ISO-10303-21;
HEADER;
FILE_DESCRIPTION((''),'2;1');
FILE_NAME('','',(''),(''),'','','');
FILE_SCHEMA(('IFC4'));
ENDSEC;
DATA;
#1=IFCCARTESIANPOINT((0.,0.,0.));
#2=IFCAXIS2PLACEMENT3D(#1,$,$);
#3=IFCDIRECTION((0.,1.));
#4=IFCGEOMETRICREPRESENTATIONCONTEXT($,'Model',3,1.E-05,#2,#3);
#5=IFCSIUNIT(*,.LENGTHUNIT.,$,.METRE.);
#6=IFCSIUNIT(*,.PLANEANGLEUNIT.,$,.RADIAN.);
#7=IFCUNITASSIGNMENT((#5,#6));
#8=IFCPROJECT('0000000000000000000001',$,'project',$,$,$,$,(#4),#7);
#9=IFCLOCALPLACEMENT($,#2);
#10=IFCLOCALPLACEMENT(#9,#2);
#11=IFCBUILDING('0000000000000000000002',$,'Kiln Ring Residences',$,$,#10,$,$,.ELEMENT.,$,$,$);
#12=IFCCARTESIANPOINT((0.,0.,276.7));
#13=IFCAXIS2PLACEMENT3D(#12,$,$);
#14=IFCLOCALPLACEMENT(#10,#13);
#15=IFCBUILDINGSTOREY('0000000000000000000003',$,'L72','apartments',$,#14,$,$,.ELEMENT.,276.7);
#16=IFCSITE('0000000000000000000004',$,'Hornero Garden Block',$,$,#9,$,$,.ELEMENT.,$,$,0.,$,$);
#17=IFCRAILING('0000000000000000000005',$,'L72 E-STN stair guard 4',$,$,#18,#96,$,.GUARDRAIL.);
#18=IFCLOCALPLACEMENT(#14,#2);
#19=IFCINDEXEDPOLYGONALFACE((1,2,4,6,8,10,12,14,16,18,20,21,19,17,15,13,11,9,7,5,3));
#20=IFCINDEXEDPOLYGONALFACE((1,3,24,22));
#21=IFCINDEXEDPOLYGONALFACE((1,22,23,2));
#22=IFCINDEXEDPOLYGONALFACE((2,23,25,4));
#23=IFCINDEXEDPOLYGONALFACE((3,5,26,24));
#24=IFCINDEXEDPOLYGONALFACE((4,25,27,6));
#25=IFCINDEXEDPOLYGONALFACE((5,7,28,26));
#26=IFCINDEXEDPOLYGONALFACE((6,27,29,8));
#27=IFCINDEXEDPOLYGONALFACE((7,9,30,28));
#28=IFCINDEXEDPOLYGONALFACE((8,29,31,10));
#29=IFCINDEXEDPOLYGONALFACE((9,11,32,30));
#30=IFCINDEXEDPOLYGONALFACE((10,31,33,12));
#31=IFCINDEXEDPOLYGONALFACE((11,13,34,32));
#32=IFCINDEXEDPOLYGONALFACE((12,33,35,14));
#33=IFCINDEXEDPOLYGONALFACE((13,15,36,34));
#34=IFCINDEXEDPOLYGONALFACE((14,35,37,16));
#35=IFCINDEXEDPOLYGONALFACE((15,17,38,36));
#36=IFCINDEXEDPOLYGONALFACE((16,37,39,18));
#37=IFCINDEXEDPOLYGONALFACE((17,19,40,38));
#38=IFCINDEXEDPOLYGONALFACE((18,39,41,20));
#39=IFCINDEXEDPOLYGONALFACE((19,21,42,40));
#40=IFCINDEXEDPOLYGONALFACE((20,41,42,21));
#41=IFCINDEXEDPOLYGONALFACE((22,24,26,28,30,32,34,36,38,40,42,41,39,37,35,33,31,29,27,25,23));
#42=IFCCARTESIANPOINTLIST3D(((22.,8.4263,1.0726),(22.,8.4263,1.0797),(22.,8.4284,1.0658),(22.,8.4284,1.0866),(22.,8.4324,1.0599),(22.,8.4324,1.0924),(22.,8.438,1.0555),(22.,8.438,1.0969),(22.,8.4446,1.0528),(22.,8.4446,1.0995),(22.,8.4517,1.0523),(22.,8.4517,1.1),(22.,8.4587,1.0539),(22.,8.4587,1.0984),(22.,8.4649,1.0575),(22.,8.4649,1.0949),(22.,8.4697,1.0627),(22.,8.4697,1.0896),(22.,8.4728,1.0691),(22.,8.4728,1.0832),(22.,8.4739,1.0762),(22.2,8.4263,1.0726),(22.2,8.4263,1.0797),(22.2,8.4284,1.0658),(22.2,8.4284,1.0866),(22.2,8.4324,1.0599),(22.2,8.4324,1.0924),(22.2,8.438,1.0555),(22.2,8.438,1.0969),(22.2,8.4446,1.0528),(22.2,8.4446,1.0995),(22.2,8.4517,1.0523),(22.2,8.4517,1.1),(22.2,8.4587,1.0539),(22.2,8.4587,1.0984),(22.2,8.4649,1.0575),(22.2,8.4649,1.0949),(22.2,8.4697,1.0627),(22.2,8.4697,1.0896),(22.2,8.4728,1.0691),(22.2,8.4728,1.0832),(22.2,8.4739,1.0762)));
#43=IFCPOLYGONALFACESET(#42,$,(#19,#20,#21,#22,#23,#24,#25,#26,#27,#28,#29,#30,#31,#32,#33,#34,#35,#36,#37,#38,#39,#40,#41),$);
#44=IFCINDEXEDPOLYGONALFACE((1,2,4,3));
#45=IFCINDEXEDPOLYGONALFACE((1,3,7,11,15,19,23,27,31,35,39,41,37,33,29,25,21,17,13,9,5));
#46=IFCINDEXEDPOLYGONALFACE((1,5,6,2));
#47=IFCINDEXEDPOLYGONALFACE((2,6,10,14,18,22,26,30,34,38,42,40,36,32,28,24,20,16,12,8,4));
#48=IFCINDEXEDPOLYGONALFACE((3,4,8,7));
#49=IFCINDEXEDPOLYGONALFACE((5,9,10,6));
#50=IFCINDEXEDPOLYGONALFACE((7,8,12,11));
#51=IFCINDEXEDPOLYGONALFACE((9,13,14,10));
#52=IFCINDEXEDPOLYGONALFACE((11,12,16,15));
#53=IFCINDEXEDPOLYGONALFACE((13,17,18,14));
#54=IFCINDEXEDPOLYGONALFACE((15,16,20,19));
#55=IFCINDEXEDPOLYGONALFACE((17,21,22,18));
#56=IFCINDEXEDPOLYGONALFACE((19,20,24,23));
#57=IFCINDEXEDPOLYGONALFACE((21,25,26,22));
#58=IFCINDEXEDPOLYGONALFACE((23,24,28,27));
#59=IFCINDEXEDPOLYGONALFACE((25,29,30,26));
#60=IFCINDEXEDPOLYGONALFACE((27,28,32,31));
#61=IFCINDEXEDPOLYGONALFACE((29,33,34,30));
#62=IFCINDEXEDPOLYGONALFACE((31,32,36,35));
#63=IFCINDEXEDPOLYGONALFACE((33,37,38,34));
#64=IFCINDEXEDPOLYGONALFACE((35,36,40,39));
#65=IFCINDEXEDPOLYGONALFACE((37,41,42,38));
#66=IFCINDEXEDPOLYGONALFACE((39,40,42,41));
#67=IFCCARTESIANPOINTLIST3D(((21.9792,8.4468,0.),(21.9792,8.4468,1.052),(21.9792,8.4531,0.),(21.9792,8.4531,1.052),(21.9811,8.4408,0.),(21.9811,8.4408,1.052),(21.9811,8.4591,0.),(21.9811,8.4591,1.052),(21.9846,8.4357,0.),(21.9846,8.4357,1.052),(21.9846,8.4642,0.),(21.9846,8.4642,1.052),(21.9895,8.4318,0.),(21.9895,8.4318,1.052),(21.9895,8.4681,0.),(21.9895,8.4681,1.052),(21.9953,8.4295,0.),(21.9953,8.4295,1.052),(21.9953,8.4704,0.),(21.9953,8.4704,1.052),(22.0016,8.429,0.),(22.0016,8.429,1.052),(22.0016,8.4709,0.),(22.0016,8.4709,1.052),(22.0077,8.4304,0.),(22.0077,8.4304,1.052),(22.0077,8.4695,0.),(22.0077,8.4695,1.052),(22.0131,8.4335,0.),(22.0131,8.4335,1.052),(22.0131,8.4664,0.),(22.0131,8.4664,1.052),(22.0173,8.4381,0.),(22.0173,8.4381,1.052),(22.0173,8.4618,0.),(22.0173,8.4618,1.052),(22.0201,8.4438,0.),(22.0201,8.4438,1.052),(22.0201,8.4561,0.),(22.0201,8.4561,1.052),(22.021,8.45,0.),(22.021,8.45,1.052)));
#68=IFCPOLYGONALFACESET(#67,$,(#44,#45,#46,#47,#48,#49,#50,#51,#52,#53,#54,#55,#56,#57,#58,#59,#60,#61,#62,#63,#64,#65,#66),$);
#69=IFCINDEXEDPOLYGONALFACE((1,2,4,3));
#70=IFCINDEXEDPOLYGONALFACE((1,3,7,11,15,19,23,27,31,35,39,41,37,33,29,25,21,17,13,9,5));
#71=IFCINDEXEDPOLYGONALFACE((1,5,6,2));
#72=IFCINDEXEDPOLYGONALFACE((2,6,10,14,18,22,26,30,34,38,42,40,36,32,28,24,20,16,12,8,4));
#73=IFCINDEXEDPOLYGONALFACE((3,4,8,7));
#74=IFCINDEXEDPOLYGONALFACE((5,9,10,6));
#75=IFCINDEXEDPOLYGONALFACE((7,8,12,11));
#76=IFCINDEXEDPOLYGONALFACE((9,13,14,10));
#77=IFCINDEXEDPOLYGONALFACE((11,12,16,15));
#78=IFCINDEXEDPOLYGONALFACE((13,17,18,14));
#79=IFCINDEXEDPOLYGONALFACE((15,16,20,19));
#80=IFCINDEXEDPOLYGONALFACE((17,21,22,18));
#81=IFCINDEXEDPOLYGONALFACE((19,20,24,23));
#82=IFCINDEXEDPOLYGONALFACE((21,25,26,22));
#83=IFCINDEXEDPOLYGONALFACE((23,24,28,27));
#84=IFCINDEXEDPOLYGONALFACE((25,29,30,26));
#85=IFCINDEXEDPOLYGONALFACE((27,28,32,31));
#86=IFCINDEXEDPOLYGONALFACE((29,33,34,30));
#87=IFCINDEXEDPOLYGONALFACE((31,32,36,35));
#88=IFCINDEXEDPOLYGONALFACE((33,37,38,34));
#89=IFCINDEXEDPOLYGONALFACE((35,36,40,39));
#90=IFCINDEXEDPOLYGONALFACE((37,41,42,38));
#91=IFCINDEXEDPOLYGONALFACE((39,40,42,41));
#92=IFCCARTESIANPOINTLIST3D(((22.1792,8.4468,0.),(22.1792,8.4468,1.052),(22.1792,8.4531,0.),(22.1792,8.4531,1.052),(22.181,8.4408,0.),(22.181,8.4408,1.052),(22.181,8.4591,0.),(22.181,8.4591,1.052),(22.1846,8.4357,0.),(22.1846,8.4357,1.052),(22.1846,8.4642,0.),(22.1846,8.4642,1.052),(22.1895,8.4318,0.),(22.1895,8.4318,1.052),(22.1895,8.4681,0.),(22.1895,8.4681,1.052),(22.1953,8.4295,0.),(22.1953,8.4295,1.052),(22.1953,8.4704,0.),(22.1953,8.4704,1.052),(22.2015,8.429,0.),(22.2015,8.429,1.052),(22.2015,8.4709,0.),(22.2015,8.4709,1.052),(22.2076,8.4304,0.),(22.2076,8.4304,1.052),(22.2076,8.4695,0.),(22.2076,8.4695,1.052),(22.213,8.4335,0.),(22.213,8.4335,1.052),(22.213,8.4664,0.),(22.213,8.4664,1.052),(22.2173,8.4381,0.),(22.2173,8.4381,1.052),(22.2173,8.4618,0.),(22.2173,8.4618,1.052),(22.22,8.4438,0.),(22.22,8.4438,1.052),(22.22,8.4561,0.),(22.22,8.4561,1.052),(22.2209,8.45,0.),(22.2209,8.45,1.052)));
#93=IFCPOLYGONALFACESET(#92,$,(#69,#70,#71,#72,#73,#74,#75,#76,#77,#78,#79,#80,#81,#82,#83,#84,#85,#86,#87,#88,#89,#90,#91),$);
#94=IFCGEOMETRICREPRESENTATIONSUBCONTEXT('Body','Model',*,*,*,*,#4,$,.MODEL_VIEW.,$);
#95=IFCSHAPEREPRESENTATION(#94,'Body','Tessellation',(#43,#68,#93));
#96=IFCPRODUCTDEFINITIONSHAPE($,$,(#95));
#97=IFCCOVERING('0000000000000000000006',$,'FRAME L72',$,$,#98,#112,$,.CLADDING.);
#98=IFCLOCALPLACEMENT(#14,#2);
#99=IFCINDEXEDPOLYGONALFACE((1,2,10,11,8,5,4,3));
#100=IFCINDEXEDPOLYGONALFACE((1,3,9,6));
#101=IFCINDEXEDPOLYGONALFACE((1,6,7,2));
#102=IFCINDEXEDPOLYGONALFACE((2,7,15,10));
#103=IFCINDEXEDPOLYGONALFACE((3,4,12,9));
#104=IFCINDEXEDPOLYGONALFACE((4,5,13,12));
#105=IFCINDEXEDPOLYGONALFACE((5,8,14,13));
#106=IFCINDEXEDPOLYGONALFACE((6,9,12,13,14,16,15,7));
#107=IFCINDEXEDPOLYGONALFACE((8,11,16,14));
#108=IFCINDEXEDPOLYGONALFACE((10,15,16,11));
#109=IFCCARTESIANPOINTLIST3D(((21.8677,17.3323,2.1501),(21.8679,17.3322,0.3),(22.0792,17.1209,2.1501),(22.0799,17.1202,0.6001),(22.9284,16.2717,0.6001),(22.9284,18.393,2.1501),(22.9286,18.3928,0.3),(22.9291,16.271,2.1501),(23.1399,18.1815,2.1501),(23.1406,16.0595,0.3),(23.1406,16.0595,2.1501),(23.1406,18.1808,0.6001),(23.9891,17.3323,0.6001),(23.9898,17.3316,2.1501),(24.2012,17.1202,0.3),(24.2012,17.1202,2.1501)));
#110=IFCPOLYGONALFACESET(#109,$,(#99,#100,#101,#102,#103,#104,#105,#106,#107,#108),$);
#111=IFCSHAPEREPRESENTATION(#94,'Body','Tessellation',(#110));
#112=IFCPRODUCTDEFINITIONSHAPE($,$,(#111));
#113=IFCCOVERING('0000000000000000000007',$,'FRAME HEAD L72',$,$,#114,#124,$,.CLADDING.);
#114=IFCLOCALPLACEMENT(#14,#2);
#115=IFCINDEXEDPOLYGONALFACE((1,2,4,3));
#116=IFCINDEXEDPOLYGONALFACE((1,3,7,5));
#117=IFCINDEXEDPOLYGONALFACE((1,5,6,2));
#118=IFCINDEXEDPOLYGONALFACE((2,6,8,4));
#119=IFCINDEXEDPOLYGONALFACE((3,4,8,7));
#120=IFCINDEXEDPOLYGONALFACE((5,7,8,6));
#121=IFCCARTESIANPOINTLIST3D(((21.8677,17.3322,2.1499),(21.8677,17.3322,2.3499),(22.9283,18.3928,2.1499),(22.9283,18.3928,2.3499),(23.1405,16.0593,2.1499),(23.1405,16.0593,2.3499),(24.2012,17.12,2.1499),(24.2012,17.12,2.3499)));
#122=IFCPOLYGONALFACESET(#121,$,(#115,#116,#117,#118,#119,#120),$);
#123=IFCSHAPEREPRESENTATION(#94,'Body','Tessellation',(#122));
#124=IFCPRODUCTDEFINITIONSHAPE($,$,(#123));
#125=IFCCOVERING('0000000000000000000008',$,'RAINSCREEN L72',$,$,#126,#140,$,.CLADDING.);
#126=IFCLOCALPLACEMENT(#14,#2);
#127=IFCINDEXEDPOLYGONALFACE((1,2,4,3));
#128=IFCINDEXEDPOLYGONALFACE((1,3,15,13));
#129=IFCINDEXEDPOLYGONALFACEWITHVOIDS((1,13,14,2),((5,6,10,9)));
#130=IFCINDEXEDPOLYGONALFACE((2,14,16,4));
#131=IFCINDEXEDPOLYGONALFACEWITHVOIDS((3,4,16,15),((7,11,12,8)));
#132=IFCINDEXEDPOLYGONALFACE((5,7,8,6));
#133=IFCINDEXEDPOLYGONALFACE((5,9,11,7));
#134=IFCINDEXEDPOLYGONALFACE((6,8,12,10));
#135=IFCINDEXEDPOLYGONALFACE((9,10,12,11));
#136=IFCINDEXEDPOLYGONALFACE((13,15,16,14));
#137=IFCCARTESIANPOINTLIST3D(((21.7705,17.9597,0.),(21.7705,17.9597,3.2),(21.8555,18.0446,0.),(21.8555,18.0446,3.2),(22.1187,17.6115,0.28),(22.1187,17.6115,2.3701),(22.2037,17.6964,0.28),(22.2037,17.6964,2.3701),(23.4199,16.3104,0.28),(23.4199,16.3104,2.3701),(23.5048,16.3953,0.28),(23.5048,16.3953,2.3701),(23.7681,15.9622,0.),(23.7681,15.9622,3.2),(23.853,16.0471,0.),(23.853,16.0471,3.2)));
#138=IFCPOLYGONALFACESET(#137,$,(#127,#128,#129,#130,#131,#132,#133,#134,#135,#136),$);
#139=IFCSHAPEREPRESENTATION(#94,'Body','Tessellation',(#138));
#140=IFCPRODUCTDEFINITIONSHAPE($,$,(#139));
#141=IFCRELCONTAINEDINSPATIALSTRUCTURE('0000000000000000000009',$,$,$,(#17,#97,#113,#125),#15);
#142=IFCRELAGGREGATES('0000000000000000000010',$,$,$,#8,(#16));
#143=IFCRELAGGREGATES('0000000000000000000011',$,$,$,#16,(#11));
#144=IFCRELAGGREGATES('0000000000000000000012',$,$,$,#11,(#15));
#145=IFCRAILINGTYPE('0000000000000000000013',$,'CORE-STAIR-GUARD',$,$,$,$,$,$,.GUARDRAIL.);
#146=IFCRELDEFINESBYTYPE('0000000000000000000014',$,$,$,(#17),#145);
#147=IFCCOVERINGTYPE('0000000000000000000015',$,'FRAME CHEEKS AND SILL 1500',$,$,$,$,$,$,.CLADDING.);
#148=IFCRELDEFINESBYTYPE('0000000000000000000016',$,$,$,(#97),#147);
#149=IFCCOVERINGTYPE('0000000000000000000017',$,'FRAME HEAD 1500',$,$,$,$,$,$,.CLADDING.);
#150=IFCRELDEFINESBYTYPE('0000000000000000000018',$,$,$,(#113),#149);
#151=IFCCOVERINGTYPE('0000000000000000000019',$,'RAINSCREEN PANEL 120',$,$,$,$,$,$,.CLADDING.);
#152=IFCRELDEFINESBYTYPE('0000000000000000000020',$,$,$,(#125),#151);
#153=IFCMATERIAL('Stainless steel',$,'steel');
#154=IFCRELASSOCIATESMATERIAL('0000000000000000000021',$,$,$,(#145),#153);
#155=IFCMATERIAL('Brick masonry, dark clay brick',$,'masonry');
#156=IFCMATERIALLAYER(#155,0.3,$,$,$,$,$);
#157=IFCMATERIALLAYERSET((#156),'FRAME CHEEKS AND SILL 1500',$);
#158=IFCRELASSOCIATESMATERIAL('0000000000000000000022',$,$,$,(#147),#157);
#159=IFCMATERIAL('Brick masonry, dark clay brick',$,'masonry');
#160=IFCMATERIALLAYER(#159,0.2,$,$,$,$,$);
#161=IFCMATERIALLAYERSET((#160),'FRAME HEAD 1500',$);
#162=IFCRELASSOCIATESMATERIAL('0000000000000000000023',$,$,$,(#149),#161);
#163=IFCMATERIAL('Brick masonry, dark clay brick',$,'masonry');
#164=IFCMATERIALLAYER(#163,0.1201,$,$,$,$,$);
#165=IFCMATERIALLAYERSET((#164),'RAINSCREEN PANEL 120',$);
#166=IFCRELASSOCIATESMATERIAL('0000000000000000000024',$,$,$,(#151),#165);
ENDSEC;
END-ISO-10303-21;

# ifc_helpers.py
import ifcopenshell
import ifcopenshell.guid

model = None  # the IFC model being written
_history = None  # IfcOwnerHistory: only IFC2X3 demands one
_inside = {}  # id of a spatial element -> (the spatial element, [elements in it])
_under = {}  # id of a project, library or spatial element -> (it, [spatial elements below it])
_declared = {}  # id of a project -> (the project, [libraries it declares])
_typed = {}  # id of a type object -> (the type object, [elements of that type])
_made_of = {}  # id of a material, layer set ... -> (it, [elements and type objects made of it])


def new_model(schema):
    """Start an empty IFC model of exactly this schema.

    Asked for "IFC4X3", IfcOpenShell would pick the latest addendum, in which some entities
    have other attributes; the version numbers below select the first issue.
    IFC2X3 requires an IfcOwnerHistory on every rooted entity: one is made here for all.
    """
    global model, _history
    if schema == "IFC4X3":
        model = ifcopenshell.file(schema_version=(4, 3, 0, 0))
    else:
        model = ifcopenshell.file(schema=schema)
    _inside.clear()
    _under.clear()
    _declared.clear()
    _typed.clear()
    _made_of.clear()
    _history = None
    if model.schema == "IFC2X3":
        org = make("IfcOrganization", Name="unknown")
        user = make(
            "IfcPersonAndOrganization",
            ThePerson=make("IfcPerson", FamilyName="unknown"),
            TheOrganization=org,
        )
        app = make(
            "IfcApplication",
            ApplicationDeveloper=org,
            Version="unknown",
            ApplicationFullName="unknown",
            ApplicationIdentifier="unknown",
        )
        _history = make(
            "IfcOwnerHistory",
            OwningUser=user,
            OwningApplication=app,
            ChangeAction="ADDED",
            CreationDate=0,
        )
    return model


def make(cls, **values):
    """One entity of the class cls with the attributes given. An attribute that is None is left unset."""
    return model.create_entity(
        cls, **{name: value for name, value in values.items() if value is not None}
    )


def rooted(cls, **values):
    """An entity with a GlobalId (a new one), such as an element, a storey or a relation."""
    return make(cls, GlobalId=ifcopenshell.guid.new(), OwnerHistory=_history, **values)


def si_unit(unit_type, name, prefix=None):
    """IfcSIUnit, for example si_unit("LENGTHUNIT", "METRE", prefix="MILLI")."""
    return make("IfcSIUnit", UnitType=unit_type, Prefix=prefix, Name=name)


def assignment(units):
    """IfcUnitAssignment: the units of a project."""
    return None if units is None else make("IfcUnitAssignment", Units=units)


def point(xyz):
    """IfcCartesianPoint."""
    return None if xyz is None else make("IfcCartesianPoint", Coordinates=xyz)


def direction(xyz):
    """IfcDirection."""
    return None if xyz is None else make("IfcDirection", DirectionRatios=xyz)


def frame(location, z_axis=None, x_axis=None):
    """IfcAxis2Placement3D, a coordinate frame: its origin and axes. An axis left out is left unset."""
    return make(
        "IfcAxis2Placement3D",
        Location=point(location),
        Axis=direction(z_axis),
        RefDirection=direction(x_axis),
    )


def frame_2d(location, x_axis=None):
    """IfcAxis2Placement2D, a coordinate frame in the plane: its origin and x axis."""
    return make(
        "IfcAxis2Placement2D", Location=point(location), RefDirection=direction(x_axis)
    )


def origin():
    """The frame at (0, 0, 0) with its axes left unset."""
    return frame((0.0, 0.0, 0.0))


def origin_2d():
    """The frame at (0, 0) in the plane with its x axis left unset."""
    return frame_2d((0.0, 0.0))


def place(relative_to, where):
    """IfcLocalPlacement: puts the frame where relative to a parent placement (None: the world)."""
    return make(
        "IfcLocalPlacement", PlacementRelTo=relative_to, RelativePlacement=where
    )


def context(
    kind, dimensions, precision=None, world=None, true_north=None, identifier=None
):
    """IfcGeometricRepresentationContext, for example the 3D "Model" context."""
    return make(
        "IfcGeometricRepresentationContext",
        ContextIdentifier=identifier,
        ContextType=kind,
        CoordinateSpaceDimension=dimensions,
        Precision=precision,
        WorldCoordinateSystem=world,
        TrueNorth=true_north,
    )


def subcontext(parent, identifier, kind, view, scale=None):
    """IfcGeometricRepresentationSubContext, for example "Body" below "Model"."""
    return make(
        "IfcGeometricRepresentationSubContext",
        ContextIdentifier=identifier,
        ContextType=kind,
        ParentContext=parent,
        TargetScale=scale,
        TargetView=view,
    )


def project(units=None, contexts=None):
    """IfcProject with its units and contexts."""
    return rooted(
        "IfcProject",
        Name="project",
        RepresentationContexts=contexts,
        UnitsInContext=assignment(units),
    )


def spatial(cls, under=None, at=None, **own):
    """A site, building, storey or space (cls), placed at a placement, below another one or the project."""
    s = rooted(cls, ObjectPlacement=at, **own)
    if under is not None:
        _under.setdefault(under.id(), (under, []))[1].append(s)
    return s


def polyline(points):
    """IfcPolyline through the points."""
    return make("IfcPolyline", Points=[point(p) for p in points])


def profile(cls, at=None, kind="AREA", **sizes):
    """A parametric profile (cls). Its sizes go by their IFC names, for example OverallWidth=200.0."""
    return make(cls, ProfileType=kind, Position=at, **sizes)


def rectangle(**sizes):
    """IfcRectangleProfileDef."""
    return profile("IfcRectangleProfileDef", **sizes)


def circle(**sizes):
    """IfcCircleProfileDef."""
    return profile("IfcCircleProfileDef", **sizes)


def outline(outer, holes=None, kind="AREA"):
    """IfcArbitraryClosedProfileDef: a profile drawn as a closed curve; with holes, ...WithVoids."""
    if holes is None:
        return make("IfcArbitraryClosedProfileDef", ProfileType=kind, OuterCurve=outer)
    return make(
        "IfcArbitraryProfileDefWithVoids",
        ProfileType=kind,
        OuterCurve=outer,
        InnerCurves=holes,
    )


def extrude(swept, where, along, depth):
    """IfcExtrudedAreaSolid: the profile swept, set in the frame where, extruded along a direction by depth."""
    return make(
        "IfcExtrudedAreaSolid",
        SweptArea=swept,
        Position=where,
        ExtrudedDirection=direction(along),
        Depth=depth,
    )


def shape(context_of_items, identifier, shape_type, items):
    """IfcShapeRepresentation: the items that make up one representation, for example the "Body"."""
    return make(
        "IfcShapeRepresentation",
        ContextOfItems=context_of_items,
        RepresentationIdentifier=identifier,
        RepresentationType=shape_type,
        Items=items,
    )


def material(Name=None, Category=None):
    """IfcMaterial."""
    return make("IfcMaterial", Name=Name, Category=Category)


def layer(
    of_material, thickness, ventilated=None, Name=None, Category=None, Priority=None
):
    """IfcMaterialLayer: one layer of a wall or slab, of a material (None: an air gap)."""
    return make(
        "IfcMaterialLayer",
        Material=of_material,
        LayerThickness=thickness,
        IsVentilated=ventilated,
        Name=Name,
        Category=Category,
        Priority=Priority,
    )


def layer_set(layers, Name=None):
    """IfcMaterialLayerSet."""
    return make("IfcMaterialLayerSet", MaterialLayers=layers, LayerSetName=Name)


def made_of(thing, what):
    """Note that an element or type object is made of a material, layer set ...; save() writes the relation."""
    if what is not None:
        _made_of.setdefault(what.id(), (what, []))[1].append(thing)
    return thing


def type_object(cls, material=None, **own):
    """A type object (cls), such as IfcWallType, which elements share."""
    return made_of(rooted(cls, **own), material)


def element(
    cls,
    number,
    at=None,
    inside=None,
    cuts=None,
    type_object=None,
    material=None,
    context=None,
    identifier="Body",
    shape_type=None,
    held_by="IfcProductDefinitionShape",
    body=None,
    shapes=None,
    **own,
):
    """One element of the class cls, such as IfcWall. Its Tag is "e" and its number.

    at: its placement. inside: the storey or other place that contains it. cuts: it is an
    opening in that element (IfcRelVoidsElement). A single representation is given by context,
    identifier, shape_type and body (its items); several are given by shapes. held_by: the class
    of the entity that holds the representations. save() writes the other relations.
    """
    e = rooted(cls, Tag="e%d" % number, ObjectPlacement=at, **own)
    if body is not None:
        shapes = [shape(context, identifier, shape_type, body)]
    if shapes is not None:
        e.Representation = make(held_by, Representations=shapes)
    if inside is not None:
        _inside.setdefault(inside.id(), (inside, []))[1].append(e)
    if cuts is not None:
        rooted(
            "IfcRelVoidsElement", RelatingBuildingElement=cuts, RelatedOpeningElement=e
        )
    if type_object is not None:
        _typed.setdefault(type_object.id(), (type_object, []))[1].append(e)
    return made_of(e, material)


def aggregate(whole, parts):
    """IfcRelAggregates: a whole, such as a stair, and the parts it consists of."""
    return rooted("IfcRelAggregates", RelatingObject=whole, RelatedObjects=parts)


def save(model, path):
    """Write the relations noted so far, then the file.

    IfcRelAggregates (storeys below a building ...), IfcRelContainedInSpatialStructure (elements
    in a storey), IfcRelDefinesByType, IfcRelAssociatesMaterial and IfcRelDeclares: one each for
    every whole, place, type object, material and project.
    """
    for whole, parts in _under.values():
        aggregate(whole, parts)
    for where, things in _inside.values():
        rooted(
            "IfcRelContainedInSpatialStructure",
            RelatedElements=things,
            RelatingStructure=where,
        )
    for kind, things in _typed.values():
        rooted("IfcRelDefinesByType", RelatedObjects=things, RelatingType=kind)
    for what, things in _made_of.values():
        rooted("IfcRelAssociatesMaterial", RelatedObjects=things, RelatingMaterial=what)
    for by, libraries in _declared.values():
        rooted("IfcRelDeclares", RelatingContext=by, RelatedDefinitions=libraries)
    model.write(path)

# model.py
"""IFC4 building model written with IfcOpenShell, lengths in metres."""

from ifc_helpers import new_model, si_unit, direction, frame, origin, origin_2d, place, context, subcontext, project, spatial, polyline, rectangle, circle, outline, extrude, material, layer, layer_set, type_object, element, save


model = new_model("IFC4")

# Units and contexts
model_context = context("Model", 3, precision=1e-05, world=origin(), true_north=direction((0.0, 1.0)))
body_context = subcontext(model_context, "Body", "Model", "MODEL_VIEW")
ifc_project = project(units=[si_unit("LENGTHUNIT", "METRE"), si_unit("PLANEANGLEUNIT", "RADIAN")], contexts=[model_context])

# Site, building, storey
site_placement = place(None, origin())
site = spatial("IfcSite", under=ifc_project, at=site_placement, Name="Hornero Garden Block", CompositionType="ELEMENT", RefElevation=0.0)
building_placement = place(site_placement, origin())
building = spatial("IfcBuilding", under=site, at=building_placement, Name="Kiln Ring Residences", CompositionType="ELEMENT")
storey_placement = place(building_placement, frame((0.0, 0.0, 276.7)))
storey = spatial("IfcBuildingStorey", under=building, at=storey_placement, Name="L72", Description="apartments", CompositionType="ELEMENT", Elevation=276.7)

# Railing
ifc_material_1 = material(Name="Stainless steel", Category="steel")
railing_type = type_object("IfcRailingType", Name="CORE-STAIR-GUARD", PredefinedType="GUARDRAIL", material=ifc_material_1)
railing_placement = place(storey_placement, frame((22.0, 8.45, 0.0)))
element("IfcRailing", 1, at=railing_placement, inside=storey, type_object=railing_type, Name="L72 E-STN stair guard 4", PredefinedType="GUARDRAIL", context=body_context, shape_type="SweptSolid", body=[
    extrude(circle(Radius=0.0239, at=origin_2d()), frame((0.0, 0.0, 1.0762), z_axis=(1.0, 0.0, 0.0), x_axis=(0.0, 1.0, 0.0)), (0.0, 0.0, 1.0), 0.2),
    extrude(circle(Radius=0.021, at=origin_2d()), origin(), (0.0, 0.0, 1.0), 1.052),
    extrude(circle(Radius=0.021, at=origin_2d()), frame((0.2, 0.0, 0.0)), (0.0, 0.0, 1.0), 1.052),
])

# Coverings
ifc_material_2 = material(Name="Brick masonry, dark clay brick", Category="masonry")
ifc_layer_1 = layer(ifc_material_2, 0.3)
ifc_layer_set_1 = layer_set([ifc_layer_1], Name="FRAME CHEEKS AND SILL 1500")
covering_type_1 = type_object("IfcCoveringType", Name="FRAME CHEEKS AND SILL 1500", PredefinedType="CLADDING", material=ifc_layer_set_1)
covering_1_placement = place(storey_placement, frame((23.6709, 16.5898, 0.3), z_axis=(0.0, 0.0, 1.0), x_axis=(-0.707107, 0.707107, 0.0)))
element("IfcCovering", 2, at=covering_1_placement, inside=storey, type_object=covering_type_1, Name="FRAME L72", PredefinedType="CLADDING", context=body_context, shape_type="SweptSolid", body=[
    extrude(outline(polyline([(0.0, 0.0), (1.7998, 0.0), (1.8, 1.8501), (1.501, 1.8501), (1.5, 0.3), (0.3, 0.3), (0.2991, 1.8501), (0.0, 1.8501), (0.0, 0.0)])), frame((0.0, 0.75, 0.0), z_axis=(0.0, -1.0, 0.0), x_axis=(1.0, 0.0, 0.0)), (0.0, 0.0, 1.0), 1.5),
])
ifc_material_3 = material(Name="Brick masonry, dark clay brick", Category="masonry")
ifc_layer_2 = layer(ifc_material_3, 0.2)
ifc_layer_set_2 = layer_set([ifc_layer_2], Name="FRAME HEAD 1500")
covering_type_2 = type_object("IfcCoveringType", Name="FRAME HEAD 1500", PredefinedType="CLADDING", material=ifc_layer_set_2)
covering_2_placement = place(storey_placement, frame((23.0344, 17.2261, 2.1499), z_axis=(0.0, 0.0, 1.0), x_axis=(-0.707107, 0.707107, 0.0)))
element("IfcCovering", 3, at=covering_2_placement, inside=storey, type_object=covering_type_2, Name="FRAME HEAD L72", PredefinedType="CLADDING", context=body_context, shape_type="SweptSolid", body=[
    extrude(rectangle(XDim=1.8, YDim=1.5, at=origin_2d()), origin(), (0.0, 0.0, 1.0), 0.2),
])
ifc_material_4 = material(Name="Brick masonry, dark clay brick", Category="masonry")
ifc_layer_3 = layer(ifc_material_4, 0.1201)
ifc_layer_set_3 = layer_set([ifc_layer_3], Name="RAINSCREEN PANEL 120")
covering_type_3 = type_object("IfcCoveringType", Name="RAINSCREEN PANEL 120", PredefinedType="CLADDING", material=ifc_layer_set_3)
covering_3_placement = place(storey_placement, frame((23.8105, 16.0046, 0.0), z_axis=(0.0, 0.0, 1.0), x_axis=(-0.707107, 0.707107, 0.0)))
element("IfcCovering", 4, at=covering_3_placement, inside=storey, type_object=covering_type_3, Name="RAINSCREEN L72", PredefinedType="CLADDING", context=body_context, shape_type="SweptSolid", body=[
    extrude(outline(polyline([(0.0, 0.0), (2.825, 0.0), (2.825, 3.2), (0.0, 3.2), (0.0, 0.0)]), holes=[polyline([(0.4924, 2.3701), (0.4924, 0.28), (2.3325, 0.28), (2.3325, 2.3701), (0.4924, 2.3701)])]), frame((0.0, 0.0601, 0.0), z_axis=(0.0, -1.0, 0.0), x_axis=(1.0, 0.0, 0.0)), (0.0, 0.0, 1.0), 0.1201),
])

save(model, "model.ifc")
